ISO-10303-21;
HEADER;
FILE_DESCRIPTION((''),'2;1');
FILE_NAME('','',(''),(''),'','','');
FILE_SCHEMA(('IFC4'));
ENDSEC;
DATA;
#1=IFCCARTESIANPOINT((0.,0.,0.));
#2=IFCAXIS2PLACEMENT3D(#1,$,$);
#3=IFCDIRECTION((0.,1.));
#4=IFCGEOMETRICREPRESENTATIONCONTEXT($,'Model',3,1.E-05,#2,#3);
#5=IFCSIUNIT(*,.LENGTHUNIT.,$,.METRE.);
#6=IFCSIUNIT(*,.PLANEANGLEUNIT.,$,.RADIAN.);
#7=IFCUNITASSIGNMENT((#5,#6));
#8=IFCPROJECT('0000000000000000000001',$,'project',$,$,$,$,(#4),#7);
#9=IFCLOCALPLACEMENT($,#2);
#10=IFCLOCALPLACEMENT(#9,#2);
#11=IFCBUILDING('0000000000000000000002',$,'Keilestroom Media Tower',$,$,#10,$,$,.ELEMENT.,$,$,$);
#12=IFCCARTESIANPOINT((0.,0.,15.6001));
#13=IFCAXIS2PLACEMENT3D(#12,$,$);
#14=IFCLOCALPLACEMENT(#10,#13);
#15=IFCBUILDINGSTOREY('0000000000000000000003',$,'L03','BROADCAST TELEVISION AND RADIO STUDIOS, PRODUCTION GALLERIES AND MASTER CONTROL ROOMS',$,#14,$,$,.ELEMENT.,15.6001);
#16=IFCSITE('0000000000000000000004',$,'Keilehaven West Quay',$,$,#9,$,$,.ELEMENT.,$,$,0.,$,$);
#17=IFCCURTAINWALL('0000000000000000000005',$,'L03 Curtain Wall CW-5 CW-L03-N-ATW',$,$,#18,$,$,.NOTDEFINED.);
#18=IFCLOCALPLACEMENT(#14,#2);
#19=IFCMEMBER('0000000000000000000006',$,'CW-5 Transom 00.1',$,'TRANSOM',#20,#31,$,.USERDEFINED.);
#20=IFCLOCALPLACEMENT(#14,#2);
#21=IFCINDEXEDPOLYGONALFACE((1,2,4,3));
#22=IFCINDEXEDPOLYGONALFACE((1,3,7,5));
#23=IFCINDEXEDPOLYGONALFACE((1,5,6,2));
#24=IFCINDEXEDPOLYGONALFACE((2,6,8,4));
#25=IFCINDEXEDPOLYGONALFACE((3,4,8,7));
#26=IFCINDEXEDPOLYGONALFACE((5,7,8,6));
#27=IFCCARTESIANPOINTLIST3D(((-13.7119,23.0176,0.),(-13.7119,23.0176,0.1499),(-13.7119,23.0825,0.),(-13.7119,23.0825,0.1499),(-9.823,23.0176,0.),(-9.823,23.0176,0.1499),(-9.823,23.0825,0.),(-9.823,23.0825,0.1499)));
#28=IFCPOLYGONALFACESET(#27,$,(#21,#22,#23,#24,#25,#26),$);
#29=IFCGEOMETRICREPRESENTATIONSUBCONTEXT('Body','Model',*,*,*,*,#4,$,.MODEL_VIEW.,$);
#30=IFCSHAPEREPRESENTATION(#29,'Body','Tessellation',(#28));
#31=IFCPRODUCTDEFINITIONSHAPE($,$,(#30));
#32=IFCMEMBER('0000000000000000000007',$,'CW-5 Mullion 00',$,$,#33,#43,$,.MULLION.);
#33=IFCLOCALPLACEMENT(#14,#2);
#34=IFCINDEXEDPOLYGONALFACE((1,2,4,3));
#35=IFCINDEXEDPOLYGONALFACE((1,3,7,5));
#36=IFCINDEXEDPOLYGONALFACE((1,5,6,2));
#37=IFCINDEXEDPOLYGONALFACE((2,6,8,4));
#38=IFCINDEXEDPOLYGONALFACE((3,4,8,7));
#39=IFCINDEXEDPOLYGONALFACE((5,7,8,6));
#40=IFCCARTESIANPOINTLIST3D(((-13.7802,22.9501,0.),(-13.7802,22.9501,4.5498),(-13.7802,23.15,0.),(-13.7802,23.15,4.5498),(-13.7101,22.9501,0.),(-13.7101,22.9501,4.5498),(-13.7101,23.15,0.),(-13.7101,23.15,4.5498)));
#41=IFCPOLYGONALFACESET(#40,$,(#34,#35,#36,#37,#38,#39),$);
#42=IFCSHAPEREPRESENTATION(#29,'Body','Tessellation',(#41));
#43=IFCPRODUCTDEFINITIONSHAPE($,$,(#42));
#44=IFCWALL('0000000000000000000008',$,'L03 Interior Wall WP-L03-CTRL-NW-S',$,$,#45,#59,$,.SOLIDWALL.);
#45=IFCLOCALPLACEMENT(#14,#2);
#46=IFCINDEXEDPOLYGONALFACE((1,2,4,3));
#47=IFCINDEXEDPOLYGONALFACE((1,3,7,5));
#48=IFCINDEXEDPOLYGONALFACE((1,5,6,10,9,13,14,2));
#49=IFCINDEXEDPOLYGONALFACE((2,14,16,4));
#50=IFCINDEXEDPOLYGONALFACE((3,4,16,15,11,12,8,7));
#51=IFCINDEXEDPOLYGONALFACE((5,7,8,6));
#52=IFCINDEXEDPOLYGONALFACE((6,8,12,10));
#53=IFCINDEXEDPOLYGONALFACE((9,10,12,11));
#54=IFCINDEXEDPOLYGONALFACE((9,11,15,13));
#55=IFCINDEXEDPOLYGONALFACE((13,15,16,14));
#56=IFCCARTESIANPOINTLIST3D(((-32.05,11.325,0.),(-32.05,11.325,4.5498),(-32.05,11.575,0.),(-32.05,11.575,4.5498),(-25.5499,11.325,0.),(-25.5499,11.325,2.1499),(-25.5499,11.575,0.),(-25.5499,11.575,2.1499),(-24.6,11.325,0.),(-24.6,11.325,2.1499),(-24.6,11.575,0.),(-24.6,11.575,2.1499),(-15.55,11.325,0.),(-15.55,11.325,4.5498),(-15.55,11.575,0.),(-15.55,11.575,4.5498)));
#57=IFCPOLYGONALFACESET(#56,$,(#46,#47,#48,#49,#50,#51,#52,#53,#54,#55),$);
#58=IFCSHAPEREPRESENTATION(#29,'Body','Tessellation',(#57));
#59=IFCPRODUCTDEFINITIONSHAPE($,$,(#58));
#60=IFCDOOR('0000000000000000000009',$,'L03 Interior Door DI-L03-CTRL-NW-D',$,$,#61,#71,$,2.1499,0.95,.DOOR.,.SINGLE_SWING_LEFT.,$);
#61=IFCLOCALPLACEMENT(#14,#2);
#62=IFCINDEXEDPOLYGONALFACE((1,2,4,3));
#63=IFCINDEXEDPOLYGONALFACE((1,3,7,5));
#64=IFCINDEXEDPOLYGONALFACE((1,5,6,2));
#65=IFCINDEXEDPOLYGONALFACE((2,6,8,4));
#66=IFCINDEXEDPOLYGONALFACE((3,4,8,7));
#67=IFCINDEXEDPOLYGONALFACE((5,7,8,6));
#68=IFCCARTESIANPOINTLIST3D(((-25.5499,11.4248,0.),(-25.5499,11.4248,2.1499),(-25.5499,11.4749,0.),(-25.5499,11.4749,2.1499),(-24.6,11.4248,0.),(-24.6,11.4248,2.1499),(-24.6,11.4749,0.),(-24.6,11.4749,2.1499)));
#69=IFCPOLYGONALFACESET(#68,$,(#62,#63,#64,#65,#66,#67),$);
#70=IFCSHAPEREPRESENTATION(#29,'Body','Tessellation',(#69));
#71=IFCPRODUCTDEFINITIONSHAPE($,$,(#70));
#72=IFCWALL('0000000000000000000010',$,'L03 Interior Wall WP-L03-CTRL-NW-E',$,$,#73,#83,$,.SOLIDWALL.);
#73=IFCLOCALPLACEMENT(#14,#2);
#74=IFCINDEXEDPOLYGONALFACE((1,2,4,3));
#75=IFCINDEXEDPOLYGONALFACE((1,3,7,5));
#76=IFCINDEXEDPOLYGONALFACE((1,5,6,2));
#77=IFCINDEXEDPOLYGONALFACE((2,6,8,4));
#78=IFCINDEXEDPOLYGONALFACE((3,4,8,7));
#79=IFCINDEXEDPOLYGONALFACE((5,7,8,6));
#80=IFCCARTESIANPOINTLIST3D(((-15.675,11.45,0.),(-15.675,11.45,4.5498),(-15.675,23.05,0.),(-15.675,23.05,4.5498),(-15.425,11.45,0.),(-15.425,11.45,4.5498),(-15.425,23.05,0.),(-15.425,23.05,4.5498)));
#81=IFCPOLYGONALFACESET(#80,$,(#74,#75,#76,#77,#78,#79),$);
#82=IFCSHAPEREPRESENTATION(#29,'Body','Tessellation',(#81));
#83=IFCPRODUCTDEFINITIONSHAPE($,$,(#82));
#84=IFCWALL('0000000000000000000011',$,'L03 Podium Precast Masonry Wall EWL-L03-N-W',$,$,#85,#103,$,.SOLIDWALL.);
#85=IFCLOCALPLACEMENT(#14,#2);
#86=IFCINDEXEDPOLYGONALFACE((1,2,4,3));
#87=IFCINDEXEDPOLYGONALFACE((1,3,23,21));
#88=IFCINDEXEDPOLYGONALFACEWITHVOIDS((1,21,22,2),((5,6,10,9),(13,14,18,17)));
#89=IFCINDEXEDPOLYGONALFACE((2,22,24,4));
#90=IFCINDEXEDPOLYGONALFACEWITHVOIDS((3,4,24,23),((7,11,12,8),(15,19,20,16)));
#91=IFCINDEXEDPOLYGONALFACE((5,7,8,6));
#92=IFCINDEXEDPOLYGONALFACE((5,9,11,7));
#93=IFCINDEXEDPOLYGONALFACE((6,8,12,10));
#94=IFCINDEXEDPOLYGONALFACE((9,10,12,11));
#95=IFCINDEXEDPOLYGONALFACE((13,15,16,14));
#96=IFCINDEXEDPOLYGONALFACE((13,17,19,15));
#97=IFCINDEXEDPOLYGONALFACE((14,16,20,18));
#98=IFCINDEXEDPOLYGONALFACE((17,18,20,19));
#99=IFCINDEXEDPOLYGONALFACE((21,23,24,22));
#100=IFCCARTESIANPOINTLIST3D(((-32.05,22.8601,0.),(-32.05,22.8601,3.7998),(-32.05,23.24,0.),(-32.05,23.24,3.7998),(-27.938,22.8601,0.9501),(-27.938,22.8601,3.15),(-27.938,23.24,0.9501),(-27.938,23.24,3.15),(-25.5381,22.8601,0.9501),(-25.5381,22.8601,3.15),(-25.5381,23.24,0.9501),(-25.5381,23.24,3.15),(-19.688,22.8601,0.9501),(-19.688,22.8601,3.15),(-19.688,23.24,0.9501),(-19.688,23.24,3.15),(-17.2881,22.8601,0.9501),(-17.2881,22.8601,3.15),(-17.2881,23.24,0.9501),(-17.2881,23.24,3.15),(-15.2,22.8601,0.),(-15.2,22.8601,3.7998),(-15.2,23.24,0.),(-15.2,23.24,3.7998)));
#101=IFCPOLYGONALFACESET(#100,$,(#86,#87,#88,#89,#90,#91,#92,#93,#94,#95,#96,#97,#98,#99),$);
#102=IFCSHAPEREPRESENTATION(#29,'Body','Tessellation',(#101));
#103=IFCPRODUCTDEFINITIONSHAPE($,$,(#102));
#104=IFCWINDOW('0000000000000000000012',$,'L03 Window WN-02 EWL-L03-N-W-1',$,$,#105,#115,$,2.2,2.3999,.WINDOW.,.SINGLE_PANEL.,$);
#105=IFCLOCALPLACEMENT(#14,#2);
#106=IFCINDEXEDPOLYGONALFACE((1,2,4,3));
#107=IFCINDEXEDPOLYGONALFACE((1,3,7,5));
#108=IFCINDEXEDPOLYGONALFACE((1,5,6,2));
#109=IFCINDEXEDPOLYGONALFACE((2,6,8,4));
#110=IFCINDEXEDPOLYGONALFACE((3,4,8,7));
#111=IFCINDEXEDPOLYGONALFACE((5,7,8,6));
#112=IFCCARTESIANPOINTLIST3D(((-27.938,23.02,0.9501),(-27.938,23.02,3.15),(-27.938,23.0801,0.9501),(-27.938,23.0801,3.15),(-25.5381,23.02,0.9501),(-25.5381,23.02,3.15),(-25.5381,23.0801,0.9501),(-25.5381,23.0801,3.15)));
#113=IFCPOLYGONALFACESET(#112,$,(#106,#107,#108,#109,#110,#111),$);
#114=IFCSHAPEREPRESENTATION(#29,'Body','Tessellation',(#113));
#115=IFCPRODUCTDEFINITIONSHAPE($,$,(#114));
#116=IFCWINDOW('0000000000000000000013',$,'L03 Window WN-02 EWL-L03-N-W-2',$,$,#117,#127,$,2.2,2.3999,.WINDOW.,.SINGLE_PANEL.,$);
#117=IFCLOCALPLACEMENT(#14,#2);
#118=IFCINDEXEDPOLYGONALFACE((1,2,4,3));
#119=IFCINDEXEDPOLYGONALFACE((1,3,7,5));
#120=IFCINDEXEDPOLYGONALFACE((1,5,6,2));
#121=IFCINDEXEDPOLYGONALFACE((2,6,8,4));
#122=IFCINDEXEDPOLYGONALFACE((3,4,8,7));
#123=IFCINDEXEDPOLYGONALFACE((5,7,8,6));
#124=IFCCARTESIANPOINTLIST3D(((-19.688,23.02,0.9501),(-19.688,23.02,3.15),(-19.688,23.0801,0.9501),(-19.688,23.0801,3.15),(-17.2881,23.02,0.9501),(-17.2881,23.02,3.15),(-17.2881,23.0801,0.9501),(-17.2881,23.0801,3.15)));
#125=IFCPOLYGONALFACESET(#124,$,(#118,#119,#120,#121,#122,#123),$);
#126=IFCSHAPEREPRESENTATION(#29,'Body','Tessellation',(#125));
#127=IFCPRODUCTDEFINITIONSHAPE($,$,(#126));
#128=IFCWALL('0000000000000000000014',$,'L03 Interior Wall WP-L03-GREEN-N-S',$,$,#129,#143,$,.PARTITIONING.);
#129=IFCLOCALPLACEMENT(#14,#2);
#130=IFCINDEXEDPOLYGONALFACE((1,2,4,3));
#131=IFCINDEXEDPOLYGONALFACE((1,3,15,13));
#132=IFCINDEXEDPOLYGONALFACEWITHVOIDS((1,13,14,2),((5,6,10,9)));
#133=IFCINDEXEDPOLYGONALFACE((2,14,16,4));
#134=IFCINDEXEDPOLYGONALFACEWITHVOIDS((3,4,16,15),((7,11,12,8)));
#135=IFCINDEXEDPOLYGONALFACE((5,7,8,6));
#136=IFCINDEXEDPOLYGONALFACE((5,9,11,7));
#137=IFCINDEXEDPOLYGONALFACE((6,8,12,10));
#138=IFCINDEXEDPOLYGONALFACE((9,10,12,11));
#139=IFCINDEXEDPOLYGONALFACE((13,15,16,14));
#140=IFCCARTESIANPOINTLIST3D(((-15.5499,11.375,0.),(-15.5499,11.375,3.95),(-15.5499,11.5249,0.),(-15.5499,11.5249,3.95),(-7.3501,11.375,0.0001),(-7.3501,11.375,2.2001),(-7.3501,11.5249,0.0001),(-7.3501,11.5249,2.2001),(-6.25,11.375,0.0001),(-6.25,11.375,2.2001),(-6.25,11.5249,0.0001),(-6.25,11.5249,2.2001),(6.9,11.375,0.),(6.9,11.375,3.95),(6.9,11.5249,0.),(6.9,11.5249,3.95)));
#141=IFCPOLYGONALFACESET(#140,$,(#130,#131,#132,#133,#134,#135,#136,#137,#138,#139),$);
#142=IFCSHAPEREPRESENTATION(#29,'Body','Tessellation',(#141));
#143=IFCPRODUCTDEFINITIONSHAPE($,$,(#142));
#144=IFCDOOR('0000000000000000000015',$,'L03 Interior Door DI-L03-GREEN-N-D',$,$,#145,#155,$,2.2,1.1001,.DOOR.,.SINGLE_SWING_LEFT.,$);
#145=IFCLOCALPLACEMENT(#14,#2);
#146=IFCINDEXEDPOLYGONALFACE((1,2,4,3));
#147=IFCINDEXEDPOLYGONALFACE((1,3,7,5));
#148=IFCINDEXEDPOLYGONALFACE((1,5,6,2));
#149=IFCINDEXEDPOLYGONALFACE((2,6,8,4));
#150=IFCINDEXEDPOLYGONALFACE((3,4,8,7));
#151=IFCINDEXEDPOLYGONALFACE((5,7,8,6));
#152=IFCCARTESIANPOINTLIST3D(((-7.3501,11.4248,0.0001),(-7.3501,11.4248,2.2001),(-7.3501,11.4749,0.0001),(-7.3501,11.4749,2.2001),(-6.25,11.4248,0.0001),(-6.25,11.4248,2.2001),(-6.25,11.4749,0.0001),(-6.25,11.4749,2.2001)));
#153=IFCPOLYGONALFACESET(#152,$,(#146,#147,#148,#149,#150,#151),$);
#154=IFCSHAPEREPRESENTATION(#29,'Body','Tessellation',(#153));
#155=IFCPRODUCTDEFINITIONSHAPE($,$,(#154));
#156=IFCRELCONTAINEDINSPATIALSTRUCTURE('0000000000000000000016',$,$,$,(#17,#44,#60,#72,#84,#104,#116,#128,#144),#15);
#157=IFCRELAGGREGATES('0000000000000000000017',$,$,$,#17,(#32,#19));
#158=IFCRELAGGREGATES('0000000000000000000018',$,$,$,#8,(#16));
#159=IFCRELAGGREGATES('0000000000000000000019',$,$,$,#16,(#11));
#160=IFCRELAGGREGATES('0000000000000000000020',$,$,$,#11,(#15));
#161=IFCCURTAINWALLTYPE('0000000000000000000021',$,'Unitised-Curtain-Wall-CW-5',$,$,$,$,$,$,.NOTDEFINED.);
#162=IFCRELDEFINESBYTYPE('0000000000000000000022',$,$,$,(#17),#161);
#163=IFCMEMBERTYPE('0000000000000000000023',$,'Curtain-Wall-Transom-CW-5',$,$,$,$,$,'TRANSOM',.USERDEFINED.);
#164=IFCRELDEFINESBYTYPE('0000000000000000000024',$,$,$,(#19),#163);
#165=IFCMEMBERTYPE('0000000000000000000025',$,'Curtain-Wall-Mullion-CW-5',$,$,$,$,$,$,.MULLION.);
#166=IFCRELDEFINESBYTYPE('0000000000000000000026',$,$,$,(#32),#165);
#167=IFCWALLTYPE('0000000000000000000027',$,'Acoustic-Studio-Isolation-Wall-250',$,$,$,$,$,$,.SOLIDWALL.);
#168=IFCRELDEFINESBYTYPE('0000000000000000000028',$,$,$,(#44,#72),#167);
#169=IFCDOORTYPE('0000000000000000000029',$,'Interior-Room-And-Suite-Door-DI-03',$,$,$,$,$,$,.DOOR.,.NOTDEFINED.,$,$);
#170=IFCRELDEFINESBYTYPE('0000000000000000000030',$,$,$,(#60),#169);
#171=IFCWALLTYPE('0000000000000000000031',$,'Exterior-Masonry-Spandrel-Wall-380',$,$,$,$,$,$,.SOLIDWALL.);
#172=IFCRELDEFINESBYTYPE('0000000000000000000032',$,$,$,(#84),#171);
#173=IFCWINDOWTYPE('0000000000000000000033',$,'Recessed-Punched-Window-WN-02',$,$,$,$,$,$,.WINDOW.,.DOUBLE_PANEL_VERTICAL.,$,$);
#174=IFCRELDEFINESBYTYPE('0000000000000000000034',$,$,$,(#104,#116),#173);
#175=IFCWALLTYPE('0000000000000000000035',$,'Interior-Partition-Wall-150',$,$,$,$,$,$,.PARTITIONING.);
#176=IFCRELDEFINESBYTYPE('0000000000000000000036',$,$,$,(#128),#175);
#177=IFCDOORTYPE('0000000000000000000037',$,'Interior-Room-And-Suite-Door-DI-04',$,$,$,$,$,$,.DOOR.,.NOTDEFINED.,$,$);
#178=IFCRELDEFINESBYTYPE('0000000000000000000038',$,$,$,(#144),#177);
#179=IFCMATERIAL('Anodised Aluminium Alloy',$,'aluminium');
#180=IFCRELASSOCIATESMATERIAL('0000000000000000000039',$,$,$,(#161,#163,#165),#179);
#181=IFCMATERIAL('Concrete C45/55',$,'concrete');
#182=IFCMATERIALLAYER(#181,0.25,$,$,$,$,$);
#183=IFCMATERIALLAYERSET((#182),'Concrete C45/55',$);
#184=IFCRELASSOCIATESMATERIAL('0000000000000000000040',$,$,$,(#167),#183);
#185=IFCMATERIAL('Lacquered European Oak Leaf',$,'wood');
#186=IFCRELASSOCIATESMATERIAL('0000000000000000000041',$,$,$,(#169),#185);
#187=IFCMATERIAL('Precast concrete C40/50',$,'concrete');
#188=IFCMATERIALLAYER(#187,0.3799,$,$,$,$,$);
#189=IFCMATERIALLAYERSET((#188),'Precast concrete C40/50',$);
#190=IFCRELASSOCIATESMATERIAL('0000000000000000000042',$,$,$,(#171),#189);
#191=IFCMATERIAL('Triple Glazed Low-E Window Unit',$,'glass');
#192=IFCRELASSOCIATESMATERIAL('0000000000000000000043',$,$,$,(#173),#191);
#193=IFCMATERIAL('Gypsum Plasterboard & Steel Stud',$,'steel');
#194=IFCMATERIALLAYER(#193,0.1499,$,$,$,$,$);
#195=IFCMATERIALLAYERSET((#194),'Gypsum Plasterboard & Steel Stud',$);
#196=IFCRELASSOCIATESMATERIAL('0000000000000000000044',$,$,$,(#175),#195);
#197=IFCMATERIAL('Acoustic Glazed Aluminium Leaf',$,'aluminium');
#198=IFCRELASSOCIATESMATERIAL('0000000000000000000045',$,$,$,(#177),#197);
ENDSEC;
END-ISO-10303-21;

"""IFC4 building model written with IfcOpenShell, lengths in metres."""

from ifc_helpers import new_model, si_unit, direction, frame, frame_2d, origin, origin_2d, place, context, subcontext, project, spatial, rectangle, extrude, source, transform, mapped, material, layer, layer_set, material_profile, profile_set, type_object, element, fill, aggregate, save


model = new_model("IFC4")

# Units and contexts
model_context = context("Model", 3, precision=1e-05, world=origin(), true_north=direction((0.0, 1.0)))
body_context = subcontext(model_context, "Body", "Model", "MODEL_VIEW")
ifc_project = project(units=[si_unit("LENGTHUNIT", "METRE"), si_unit("PLANEANGLEUNIT", "RADIAN")], contexts=[model_context])

# Site, building, storey
site_placement = place(None, origin())
site = spatial("IfcSite", under=ifc_project, at=site_placement, Name="Keilehaven West Quay", CompositionType="ELEMENT", RefElevation=0.0)
building_placement = place(site_placement, origin())
building = spatial("IfcBuilding", under=site, at=building_placement, Name="Keilestroom Media Tower", CompositionType="ELEMENT")
storey_placement = place(building_placement, frame((0.0, 0.0, 15.6001)))
storey = spatial("IfcBuildingStorey", under=building, at=storey_placement, Name="L03", Description="BROADCAST TELEVISION AND RADIO STUDIOS, PRODUCTION GALLERIES AND MASTER CONTROL ROOMS", CompositionType="ELEMENT", Elevation=15.6001)

# Shared definitions
ifc_material_1 = material(Name="Precast concrete C40/50", Category="concrete")

# Curtain wall, members
ifc_material_2 = material(Name="Anodised Aluminium Alloy", Category="aluminium")
curtain_wall_type = type_object("IfcCurtainWallType", Name="Unitised-Curtain-Wall-CW-5", PredefinedType="NOTDEFINED", material=ifc_material_2)
curtain_wall_placement = place(storey_placement, origin())
curtain_wall = element("IfcCurtainWall", 1, at=curtain_wall_placement, inside=storey, type_object=curtain_wall_type, Name="L03 Curtain Wall CW-5 CW-L03-N-ATW", PredefinedType="NOTDEFINED")
ifc_material_profile_1 = material_profile(ifc_material_2, rectangle(XDim=0.0649, YDim=0.1499, at=origin_2d()), Name="ALU TRANSOM 65x150")
ifc_profile_set_1 = profile_set([ifc_material_profile_1], Name="Anodised Aluminium Alloy")
member_type_1 = type_object("IfcMemberType", Name="Curtain-Wall-Transom-CW-5", ElementType="TRANSOM", PredefinedType="USERDEFINED", material=ifc_profile_set_1)
shared_shape_1 = source(origin(), body_context, "Body", "SweptSolid", [
    extrude(rectangle(XDim=0.0649, YDim=0.1499, at=origin_2d()), origin(), (0.0, 0.0, 1.0), 3.8889),
])
member_1_placement = place(storey_placement, frame((-13.7119, 23.05, 0.075), z_axis=(1.0, 0.0, 0.0), x_axis=(0.0, 1.0, 0.0)))
member_1 = element("IfcMember", 2, at=member_1_placement, type_object=member_type_1, Name="CW-5 Transom 00.1", ObjectType="TRANSOM", PredefinedType="USERDEFINED", context=body_context, shape_type="MappedRepresentation", body=[
    mapped(shared_shape_1, transform((0.0, 0.0, 0.0), x_axis=(1.0, 0.0, 0.0), y_axis=(0.0, 1.0, 0.0), z_axis=(0.0, 0.0, 1.0), scale=1.0)),
])
ifc_material_profile_2 = material_profile(ifc_material_2, rectangle(XDim=0.0701, YDim=0.2, at=origin_2d()), Name="ALU MULLION 70x200")
ifc_profile_set_2 = profile_set([ifc_material_profile_2], Name="Anodised Aluminium Alloy")
member_type_2 = type_object("IfcMemberType", Name="Curtain-Wall-Mullion-CW-5", PredefinedType="MULLION", material=ifc_profile_set_2)
shared_shape_2 = source(origin(), body_context, "Body", "SweptSolid", [
    extrude(rectangle(XDim=0.0701, YDim=0.2, at=origin_2d()), origin(), (0.0, 0.0, 1.0), 4.5498),
])
member_2_placement = place(storey_placement, frame((-13.7451, 23.05, 0.0), z_axis=(0.0, 0.0, 1.0), x_axis=(1.0, 0.0, 0.0)))
member_2 = element("IfcMember", 3, at=member_2_placement, type_object=member_type_2, Name="CW-5 Mullion 00", PredefinedType="MULLION", context=body_context, shape_type="MappedRepresentation", body=[
    mapped(shared_shape_2, transform((0.0, 0.0, 0.0), x_axis=(1.0, 0.0, 0.0), y_axis=(0.0, 1.0, 0.0), z_axis=(0.0, 0.0, 1.0), scale=1.0)),
])
aggregate(curtain_wall, [member_2, member_1])

# Wall, opening, door
ifc_material_3 = material(Name="Concrete C45/55", Category="concrete")
ifc_layer_1 = layer(ifc_material_3, 0.25)
ifc_layer_set_1 = layer_set([ifc_layer_1], Name="Concrete C45/55")
wall_type_1 = type_object("IfcWallType", Name="Acoustic-Studio-Isolation-Wall-250", PredefinedType="SOLIDWALL", material=ifc_layer_set_1)
wall_1_placement = place(storey_placement, frame((-32.05, 11.45, 0.0), z_axis=(0.0, 0.0, 1.0), x_axis=(1.0, 0.0, 0.0)))
wall_1 = element("IfcWall", 4, at=wall_1_placement, inside=storey, type_object=wall_type_1, Name="L03 Interior Wall WP-L03-CTRL-NW-S", PredefinedType="SOLIDWALL", context=body_context, shape_type="SweptSolid", body=[
    extrude(rectangle(XDim=16.5, YDim=0.25, at=frame_2d((8.25, 0.0))), origin(), (0.0, 0.0, 1.0), 4.5498),
])
opening_1_placement = place(wall_1_placement, frame((6.5, 0.0, 0.0)))
opening_1 = element("IfcOpeningElement", 5, at=opening_1_placement, cuts=wall_1, PredefinedType="OPENING", context=body_context, shape_type="SweptSolid", body=[
    extrude(rectangle(XDim=0.95, YDim=2.1499, at=frame_2d((0.4751, 1.075))), frame((0.0, 0.135, 0.0), z_axis=(0.0, -1.0, 0.0), x_axis=(1.0, 0.0, 0.0)), (0.0, 0.0, 1.0), 0.27),
])
ifc_material_4 = material(Name="Lacquered European Oak Leaf", Category="wood")
door_type_1 = type_object("IfcDoorType", Name="Interior-Room-And-Suite-Door-DI-03", OperationType="NOTDEFINED", PredefinedType="DOOR", material=ifc_material_4)
shared_shape_3 = source(origin(), body_context, "Body", "SweptSolid", [
    extrude(rectangle(XDim=0.95, YDim=2.1499, at=frame_2d((0.4751, 1.075))), frame((0.0, 0.0249, 0.0), z_axis=(0.0, -1.0, 0.0), x_axis=(1.0, 0.0, 0.0)), (0.0, 0.0, 1.0), 0.05),
])
door_1_placement = place(opening_1_placement, origin())
door_1 = element("IfcDoor", 6, at=door_1_placement, inside=storey, type_object=door_type_1, Name="L03 Interior Door DI-L03-CTRL-NW-D", OperationType="SINGLE_SWING_LEFT", OverallHeight=2.1499, OverallWidth=0.95, PredefinedType="DOOR", context=body_context, shape_type="MappedRepresentation", body=[
    mapped(shared_shape_3, transform((0.0, 0.0, 0.0), x_axis=(1.0, 0.0, 0.0), y_axis=(0.0, 1.0, 0.0), z_axis=(0.0, 0.0, 1.0), scale=1.0)),
])
fill(opening_1, door_1)

# Wall
wall_2_placement = place(storey_placement, frame((-15.55, 11.45, 0.0), z_axis=(0.0, 0.0, 1.0), x_axis=(0.0, 1.0, 0.0)))
element("IfcWall", 7, at=wall_2_placement, inside=storey, type_object=wall_type_1, Name="L03 Interior Wall WP-L03-CTRL-NW-E", PredefinedType="SOLIDWALL", context=body_context, shape_type="SweptSolid", body=[
    extrude(rectangle(XDim=11.6001, YDim=0.25, at=frame_2d((5.8, 0.0))), origin(), (0.0, 0.0, 1.0), 4.5498),
])

# Wall, openings, windows
ifc_layer_2 = layer(ifc_material_1, 0.3799)
ifc_layer_set_2 = layer_set([ifc_layer_2], Name="Precast concrete C40/50")
wall_type_2 = type_object("IfcWallType", Name="Exterior-Masonry-Spandrel-Wall-380", PredefinedType="SOLIDWALL", material=ifc_layer_set_2)
wall_3_placement = place(storey_placement, frame((-32.05, 23.05, 0.0), z_axis=(0.0, 0.0, 1.0), x_axis=(1.0, 0.0, 0.0)))
wall_3 = element("IfcWall", 8, at=wall_3_placement, inside=storey, type_object=wall_type_2, Name="L03 Podium Precast Masonry Wall EWL-L03-N-W", PredefinedType="SOLIDWALL", context=body_context, shape_type="SweptSolid", body=[
    extrude(rectangle(XDim=16.8501, YDim=0.3799, at=frame_2d((8.425, 0.0))), origin(), (0.0, 0.0, 1.0), 3.7998),
])
opening_2_placement = place(wall_3_placement, frame((4.1121, 0.0, 0.95)))
opening_2 = element("IfcOpeningElement", 9, at=opening_2_placement, cuts=wall_3, PredefinedType="OPENING", context=body_context, shape_type="SweptSolid", body=[
    extrude(rectangle(XDim=2.3999, YDim=2.2, at=frame_2d((1.2, 1.1001))), frame((0.0, 0.2, 0.0), z_axis=(0.0, -1.0, 0.0), x_axis=(1.0, 0.0, 0.0)), (0.0, 0.0, 1.0), 0.3999),
])
opening_3_placement = place(wall_3_placement, frame((12.3621, 0.0, 0.95)))
opening_3 = element("IfcOpeningElement", 10, at=opening_3_placement, cuts=wall_3, PredefinedType="OPENING", context=body_context, shape_type="SweptSolid", body=[
    extrude(rectangle(XDim=2.3999, YDim=2.2, at=frame_2d((1.2, 1.1001))), frame((0.0, 0.2, 0.0), z_axis=(0.0, -1.0, 0.0), x_axis=(1.0, 0.0, 0.0)), (0.0, 0.0, 1.0), 0.3999),
])
ifc_material_5 = material(Name="Triple Glazed Low-E Window Unit", Category="glass")
window_type = type_object("IfcWindowType", Name="Recessed-Punched-Window-WN-02", PartitioningType="DOUBLE_PANEL_VERTICAL", PredefinedType="WINDOW", material=ifc_material_5)
shared_shape_4 = source(origin(), body_context, "Body", "SweptSolid", [
    extrude(rectangle(XDim=2.3999, YDim=2.2, at=frame_2d((1.2, 1.1001))), frame((0.0, 0.03, 0.0), z_axis=(0.0, -1.0, 0.0), x_axis=(1.0, 0.0, 0.0)), (0.0, 0.0, 1.0), 0.0601),
])
window_1_placement = place(opening_2_placement, origin())
window_1 = element("IfcWindow", 11, at=window_1_placement, inside=storey, type_object=window_type, Name="L03 Window WN-02 EWL-L03-N-W-1", OverallHeight=2.2, OverallWidth=2.3999, PartitioningType="SINGLE_PANEL", PredefinedType="WINDOW", context=body_context, shape_type="MappedRepresentation", body=[
    mapped(shared_shape_4, transform((0.0, 0.0, 0.0), x_axis=(1.0, 0.0, 0.0), y_axis=(0.0, 1.0, 0.0), z_axis=(0.0, 0.0, 1.0), scale=1.0)),
])
fill(opening_2, window_1)
window_2_placement = place(opening_3_placement, origin())
window_2 = element("IfcWindow", 12, at=window_2_placement, inside=storey, type_object=window_type, Name="L03 Window WN-02 EWL-L03-N-W-2", OverallHeight=2.2, OverallWidth=2.3999, PartitioningType="SINGLE_PANEL", PredefinedType="WINDOW", context=body_context, shape_type="MappedRepresentation", body=[
    mapped(shared_shape_4, transform((0.0, 0.0, 0.0), x_axis=(1.0, 0.0, 0.0), y_axis=(0.0, 1.0, 0.0), z_axis=(0.0, 0.0, 1.0), scale=1.0)),
])
fill(opening_3, window_2)

# Wall, opening, door
ifc_material_6 = material(Name="Gypsum Plasterboard & Steel Stud", Category="steel")
ifc_layer_3 = layer(ifc_material_6, 0.1499)
ifc_layer_set_3 = layer_set([ifc_layer_3], Name="Gypsum Plasterboard & Steel Stud")
wall_type_3 = type_object("IfcWallType", Name="Interior-Partition-Wall-150", PredefinedType="PARTITIONING", material=ifc_layer_set_3)
wall_4_placement = place(storey_placement, frame((-15.55, 11.45, 0.0), z_axis=(0.0, 0.0, 1.0), x_axis=(1.0, 0.0, 0.0)))
wall_4 = element("IfcWall", 13, at=wall_4_placement, inside=storey, type_object=wall_type_3, Name="L03 Interior Wall WP-L03-GREEN-N-S", PredefinedType="PARTITIONING", context=body_context, shape_type="SweptSolid", body=[
    extrude(rectangle(XDim=22.45, YDim=0.1499, at=frame_2d((11.2251, 0.0))), origin(), (0.0, 0.0, 1.0), 3.95),
])
opening_4_placement = place(wall_4_placement, frame((8.2, 0.0, 0.0)))
opening_4 = element("IfcOpeningElement", 14, at=opening_4_placement, cuts=wall_4, PredefinedType="OPENING", context=body_context, shape_type="SweptSolid", body=[
    extrude(rectangle(XDim=1.1001, YDim=2.2, at=frame_2d((0.55, 1.1001))), frame((0.0, 0.085, 0.0), z_axis=(0.0, -1.0, 0.0), x_axis=(1.0, 0.0, 0.0)), (0.0, 0.0, 1.0), 0.1699),
])
ifc_material_7 = material(Name="Acoustic Glazed Aluminium Leaf", Category="aluminium")
door_type_2 = type_object("IfcDoorType", Name="Interior-Room-And-Suite-Door-DI-04", OperationType="NOTDEFINED", PredefinedType="DOOR", material=ifc_material_7)
shared_shape_5 = source(origin(), body_context, "Body", "SweptSolid", [
    extrude(rectangle(XDim=1.1001, YDim=2.2, at=frame_2d((0.55, 1.1001))), frame((0.0, 0.0249, 0.0), z_axis=(0.0, -1.0, 0.0), x_axis=(1.0, 0.0, 0.0)), (0.0, 0.0, 1.0), 0.05),
])
door_2_placement = place(opening_4_placement, origin())
door_2 = element("IfcDoor", 15, at=door_2_placement, inside=storey, type_object=door_type_2, Name="L03 Interior Door DI-L03-GREEN-N-D", OperationType="SINGLE_SWING_LEFT", OverallHeight=2.2, OverallWidth=1.1001, PredefinedType="DOOR", context=body_context, shape_type="MappedRepresentation", body=[
    mapped(shared_shape_5, transform((0.0, 0.0, 0.0), x_axis=(1.0, 0.0, 0.0), y_axis=(0.0, 1.0, 0.0), z_axis=(0.0, 0.0, 1.0), scale=1.0)),
])
fill(opening_4, door_2)

save(model, "model.ifc")
